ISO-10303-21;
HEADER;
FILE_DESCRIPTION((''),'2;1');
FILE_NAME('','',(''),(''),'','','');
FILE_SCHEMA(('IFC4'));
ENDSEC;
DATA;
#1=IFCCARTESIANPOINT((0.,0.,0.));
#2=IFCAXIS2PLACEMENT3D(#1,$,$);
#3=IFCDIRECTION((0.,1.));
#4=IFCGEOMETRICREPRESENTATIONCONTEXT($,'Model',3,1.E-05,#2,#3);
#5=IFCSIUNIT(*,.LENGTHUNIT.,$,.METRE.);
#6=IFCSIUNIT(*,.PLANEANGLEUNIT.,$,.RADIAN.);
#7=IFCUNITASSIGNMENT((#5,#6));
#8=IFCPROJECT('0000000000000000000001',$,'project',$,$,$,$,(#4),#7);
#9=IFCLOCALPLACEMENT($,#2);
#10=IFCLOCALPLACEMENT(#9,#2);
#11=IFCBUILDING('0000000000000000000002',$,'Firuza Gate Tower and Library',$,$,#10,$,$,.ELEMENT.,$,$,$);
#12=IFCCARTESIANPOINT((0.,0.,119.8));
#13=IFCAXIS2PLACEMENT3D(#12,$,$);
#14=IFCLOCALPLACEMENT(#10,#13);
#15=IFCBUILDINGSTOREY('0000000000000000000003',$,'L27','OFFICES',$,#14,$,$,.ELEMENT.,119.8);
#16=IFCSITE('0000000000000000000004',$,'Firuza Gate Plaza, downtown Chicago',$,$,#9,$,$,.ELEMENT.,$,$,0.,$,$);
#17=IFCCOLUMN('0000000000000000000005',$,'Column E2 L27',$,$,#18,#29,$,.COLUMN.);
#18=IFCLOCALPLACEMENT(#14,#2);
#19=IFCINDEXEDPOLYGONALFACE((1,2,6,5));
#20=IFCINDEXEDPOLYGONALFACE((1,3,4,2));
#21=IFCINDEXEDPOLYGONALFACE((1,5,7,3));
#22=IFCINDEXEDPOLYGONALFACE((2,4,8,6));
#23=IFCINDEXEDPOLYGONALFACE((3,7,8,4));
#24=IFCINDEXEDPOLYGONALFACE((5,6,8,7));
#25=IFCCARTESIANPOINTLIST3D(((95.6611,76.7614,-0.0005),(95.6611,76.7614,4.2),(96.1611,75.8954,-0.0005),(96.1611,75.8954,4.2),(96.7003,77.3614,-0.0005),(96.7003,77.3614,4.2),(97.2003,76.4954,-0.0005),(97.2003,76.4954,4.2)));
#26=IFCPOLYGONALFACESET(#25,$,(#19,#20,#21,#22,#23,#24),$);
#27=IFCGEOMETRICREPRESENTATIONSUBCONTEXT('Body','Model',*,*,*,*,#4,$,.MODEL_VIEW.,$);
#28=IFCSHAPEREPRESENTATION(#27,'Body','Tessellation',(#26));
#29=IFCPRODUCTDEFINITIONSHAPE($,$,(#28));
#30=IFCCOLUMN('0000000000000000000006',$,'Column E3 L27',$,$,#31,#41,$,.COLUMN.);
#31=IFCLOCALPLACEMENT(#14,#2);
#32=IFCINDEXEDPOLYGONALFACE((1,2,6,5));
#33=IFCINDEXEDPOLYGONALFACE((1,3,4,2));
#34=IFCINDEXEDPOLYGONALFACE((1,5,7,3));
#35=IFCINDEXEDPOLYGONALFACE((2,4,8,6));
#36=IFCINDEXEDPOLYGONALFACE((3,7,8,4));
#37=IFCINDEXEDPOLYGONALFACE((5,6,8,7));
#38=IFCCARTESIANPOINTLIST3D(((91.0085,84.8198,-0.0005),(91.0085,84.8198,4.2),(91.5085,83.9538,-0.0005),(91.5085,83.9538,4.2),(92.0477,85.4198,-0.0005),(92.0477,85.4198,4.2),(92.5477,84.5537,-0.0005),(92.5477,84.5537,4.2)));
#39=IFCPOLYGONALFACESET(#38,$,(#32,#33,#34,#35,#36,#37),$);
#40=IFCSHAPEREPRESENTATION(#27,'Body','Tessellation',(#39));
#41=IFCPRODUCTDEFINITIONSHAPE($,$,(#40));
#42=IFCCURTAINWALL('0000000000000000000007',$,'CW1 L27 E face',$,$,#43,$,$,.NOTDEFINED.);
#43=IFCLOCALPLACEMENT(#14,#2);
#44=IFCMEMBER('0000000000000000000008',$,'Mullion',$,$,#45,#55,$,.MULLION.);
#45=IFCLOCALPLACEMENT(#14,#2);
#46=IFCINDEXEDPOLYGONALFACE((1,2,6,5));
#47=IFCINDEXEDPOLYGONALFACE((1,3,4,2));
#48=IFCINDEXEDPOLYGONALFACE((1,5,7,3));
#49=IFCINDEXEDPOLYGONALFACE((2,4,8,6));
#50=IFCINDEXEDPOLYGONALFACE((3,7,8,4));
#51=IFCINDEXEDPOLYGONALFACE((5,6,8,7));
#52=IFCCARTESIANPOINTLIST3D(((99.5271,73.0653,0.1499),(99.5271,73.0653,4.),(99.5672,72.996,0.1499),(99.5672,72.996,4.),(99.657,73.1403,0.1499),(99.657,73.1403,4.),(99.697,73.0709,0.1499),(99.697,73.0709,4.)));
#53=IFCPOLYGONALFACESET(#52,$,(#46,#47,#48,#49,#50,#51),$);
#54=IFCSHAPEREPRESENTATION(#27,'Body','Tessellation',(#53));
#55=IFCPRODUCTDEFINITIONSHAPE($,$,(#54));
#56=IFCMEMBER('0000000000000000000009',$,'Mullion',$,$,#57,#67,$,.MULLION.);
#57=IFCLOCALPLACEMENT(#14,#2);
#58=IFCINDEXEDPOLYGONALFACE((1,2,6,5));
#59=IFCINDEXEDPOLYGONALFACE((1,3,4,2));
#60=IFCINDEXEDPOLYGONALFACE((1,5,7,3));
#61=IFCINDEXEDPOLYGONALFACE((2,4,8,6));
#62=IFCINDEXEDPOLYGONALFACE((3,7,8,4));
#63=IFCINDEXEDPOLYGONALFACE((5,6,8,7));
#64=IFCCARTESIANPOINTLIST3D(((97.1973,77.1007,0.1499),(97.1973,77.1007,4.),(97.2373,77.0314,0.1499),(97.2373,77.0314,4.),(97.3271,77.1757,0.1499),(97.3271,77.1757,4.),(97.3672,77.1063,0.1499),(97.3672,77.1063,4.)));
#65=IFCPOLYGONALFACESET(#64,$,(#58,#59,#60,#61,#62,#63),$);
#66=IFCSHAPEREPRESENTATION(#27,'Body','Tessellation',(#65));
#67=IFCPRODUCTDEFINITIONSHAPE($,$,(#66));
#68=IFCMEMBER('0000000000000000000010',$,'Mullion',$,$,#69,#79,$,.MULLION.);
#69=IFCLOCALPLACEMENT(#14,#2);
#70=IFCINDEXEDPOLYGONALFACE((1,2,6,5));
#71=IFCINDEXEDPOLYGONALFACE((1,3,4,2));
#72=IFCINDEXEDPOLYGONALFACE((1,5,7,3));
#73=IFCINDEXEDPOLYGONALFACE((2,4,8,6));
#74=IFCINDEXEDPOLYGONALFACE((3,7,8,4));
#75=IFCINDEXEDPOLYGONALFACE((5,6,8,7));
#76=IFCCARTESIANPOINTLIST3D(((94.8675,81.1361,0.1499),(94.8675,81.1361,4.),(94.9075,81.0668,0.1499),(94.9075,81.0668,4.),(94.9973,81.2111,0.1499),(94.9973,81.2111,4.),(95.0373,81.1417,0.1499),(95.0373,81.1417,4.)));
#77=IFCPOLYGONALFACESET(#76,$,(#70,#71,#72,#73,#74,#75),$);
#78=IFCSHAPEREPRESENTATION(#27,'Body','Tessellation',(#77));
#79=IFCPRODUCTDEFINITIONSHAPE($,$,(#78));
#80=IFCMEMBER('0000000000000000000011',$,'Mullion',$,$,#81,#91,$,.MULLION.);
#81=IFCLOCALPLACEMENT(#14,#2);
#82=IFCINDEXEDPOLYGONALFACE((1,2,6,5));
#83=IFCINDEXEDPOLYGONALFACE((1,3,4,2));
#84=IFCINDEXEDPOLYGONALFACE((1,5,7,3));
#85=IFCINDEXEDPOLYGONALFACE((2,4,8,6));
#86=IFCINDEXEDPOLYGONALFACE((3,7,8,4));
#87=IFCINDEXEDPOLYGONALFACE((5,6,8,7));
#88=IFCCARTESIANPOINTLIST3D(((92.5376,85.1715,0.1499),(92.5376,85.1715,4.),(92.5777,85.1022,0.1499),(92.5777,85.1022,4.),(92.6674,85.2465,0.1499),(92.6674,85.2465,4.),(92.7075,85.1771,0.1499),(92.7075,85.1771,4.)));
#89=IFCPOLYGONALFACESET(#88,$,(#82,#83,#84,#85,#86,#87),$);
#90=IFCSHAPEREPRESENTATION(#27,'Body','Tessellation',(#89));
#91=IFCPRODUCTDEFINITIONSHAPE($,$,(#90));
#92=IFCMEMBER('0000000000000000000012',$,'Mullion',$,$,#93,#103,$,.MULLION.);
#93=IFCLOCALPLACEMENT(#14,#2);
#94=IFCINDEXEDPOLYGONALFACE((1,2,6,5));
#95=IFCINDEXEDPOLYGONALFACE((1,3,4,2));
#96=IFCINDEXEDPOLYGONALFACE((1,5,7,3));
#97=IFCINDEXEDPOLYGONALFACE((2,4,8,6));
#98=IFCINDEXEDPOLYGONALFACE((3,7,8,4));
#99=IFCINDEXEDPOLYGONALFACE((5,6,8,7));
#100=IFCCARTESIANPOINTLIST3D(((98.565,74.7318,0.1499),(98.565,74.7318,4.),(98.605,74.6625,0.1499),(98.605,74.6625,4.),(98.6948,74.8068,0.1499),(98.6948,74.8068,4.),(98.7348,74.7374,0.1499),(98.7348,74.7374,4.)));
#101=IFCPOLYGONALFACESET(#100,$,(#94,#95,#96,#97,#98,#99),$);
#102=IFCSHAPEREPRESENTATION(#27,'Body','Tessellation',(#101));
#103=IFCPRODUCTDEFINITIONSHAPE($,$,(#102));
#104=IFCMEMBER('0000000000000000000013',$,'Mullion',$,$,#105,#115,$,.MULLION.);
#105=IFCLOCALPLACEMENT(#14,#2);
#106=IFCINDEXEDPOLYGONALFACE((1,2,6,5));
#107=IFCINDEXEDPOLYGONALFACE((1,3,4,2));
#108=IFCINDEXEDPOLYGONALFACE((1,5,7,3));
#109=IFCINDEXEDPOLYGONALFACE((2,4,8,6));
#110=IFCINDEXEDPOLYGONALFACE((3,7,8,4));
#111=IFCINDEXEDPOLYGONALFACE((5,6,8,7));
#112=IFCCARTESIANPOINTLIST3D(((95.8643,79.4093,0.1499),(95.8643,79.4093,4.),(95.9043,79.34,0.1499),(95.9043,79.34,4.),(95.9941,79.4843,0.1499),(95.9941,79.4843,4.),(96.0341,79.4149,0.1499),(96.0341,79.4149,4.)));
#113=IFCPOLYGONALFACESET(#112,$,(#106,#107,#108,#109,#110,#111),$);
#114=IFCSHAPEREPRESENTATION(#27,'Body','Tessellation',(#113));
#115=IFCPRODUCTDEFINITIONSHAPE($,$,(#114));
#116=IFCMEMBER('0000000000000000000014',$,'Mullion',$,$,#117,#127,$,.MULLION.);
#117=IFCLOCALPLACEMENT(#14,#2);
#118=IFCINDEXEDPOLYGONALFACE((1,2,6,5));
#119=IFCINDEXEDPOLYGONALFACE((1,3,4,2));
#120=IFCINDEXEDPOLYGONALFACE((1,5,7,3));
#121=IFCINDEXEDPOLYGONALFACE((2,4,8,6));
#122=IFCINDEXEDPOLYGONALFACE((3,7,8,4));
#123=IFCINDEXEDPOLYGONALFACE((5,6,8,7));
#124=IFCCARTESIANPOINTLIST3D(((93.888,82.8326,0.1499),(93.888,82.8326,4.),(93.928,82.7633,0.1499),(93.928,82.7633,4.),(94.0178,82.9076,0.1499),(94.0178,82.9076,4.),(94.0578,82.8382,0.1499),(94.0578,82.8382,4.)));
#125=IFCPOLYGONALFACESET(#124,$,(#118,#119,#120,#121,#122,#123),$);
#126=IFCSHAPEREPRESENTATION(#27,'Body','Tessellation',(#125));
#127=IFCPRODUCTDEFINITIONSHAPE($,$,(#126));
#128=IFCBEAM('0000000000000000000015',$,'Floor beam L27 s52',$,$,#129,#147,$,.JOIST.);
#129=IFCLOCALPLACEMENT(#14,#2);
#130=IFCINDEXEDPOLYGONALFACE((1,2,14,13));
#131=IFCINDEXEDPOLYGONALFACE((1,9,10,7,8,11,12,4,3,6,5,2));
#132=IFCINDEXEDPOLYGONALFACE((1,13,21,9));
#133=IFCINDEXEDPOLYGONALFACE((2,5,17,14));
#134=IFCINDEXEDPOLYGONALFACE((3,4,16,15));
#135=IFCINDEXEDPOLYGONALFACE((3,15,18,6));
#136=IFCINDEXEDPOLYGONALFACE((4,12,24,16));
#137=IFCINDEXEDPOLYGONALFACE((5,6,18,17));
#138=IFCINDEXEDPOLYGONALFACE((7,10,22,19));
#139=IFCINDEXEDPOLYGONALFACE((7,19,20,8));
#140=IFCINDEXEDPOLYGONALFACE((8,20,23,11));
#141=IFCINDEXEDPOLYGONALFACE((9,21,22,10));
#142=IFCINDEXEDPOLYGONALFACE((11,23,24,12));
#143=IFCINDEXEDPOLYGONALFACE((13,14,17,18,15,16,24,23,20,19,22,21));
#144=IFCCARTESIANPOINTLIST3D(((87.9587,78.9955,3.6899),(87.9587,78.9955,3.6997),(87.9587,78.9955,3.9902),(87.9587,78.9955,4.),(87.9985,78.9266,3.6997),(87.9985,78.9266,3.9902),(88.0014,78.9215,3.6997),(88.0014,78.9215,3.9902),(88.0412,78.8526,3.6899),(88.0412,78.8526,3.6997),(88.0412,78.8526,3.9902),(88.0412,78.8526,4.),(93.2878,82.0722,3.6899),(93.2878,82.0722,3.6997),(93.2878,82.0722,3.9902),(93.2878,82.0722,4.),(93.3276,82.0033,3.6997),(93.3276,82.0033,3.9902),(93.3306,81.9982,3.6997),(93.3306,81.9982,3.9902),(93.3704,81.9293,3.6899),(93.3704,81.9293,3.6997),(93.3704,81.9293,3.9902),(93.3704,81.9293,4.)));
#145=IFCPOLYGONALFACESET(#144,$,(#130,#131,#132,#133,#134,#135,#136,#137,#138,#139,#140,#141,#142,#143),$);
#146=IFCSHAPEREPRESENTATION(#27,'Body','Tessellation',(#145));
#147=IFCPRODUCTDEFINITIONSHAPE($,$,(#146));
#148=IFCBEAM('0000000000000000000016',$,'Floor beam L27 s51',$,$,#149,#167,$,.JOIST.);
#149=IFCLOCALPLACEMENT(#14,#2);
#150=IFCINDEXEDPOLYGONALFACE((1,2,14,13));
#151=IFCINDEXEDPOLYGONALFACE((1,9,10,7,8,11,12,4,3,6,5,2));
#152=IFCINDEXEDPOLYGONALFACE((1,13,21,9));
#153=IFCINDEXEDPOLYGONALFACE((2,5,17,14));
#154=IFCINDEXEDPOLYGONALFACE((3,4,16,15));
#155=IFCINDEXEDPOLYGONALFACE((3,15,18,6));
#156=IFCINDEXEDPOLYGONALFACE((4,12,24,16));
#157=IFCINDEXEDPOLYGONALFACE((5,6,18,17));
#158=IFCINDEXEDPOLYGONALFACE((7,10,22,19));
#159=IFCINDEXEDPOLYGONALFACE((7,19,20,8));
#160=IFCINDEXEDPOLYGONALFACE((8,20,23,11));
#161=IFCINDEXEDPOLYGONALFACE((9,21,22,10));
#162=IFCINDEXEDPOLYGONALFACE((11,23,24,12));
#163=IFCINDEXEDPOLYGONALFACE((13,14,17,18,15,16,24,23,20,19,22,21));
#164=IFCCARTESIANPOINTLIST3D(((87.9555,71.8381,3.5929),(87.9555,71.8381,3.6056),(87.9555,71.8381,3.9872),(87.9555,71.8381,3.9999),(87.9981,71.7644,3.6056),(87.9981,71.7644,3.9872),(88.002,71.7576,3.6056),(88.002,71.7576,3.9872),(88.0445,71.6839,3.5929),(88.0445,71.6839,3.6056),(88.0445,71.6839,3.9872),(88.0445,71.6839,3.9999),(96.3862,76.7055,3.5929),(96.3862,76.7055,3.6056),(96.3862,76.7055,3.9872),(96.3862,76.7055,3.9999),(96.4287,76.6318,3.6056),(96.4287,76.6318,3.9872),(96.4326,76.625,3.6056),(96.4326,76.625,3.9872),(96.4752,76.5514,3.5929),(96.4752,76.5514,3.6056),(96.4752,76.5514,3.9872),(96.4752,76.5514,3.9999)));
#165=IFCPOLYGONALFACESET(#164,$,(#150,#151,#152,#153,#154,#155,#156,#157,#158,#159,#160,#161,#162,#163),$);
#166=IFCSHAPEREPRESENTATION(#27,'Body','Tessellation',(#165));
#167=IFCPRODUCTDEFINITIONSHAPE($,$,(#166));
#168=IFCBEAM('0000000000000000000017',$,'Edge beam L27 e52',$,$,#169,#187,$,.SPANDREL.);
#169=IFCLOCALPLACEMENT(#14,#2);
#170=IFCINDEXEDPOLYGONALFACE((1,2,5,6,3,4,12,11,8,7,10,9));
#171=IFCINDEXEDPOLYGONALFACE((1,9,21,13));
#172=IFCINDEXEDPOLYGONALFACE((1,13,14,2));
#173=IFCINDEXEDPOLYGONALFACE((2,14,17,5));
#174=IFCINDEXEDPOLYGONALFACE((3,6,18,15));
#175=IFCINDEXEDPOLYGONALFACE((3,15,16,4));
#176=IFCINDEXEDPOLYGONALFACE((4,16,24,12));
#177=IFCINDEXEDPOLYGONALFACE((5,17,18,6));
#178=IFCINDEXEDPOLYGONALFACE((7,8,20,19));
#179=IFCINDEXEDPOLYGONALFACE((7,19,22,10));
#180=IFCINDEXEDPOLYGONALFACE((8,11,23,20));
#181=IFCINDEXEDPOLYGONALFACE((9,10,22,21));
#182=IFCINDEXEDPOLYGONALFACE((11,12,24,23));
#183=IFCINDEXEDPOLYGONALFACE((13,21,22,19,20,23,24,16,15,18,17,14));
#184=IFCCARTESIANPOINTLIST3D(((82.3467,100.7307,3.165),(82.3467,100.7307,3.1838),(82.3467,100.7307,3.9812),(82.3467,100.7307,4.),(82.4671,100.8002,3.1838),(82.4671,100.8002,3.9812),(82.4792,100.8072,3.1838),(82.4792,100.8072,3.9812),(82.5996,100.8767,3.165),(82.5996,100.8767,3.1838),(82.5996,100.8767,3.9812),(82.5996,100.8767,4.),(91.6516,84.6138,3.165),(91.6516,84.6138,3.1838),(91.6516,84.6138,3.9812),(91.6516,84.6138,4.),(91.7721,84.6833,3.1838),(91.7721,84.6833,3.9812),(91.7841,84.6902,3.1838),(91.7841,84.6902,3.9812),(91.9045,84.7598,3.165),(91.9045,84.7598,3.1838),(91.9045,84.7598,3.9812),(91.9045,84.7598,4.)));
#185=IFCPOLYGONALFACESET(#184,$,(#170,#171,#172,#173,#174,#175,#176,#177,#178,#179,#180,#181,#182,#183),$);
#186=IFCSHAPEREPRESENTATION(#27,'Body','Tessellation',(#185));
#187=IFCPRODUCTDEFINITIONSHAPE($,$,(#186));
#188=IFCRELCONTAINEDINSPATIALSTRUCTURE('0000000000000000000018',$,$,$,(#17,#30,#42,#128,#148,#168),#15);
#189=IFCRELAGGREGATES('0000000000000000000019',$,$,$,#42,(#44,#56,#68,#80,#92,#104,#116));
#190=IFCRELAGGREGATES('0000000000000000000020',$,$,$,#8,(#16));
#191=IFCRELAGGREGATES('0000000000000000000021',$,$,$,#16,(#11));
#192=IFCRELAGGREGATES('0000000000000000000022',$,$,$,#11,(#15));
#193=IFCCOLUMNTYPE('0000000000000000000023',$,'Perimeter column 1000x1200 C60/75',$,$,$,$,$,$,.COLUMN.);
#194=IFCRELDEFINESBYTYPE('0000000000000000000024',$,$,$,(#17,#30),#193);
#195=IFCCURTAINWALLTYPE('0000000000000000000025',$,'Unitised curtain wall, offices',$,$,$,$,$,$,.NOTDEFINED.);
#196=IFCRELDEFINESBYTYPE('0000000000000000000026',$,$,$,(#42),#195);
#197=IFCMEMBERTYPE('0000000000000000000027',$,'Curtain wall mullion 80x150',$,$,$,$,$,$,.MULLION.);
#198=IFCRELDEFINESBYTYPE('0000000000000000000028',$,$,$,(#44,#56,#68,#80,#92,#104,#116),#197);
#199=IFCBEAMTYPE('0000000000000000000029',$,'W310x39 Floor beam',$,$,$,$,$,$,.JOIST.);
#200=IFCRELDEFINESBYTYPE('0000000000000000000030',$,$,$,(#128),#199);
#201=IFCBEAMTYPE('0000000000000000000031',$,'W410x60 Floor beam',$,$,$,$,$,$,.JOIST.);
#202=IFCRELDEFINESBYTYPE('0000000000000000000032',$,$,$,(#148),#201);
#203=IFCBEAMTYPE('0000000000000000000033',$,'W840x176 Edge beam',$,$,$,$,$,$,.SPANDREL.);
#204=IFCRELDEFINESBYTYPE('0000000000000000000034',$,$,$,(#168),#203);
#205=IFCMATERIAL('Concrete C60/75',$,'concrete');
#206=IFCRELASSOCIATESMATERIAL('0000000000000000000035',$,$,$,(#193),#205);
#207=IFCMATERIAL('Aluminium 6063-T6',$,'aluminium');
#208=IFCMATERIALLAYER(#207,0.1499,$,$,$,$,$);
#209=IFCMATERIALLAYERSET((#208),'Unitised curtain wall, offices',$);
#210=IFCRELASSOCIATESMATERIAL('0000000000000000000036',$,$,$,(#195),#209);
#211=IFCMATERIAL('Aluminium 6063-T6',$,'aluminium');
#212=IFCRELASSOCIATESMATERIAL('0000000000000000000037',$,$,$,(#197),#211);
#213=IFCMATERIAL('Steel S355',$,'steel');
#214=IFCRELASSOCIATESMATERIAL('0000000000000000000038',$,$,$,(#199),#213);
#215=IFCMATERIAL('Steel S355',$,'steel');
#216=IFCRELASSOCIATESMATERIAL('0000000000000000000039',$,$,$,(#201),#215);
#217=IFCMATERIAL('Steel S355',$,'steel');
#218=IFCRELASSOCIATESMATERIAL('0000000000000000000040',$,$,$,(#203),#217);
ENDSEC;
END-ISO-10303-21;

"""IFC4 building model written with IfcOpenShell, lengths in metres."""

from ifc_helpers import new_model, si_unit, direction, frame, origin, origin_2d, place, context, subcontext, project, spatial, rectangle, i_section, extrude, material, layer, layer_set, material_profile, profile_set, type_object, element, aggregate, save


model = new_model("IFC4")

# Units and contexts
model_context = context("Model", 3, precision=1e-05, world=origin(), true_north=direction((0.0, 1.0)))
body_context = subcontext(model_context, "Body", "Model", "MODEL_VIEW")
ifc_project = project(units=[si_unit("LENGTHUNIT", "METRE"), si_unit("PLANEANGLEUNIT", "RADIAN")], contexts=[model_context])

# Site, building, storey
site_placement = place(None, origin())
site = spatial("IfcSite", under=ifc_project, at=site_placement, Name="Firuza Gate Plaza, downtown Chicago", CompositionType="ELEMENT", RefElevation=0.0)
building_placement = place(site_placement, origin())
building = spatial("IfcBuilding", under=site, at=building_placement, Name="Firuza Gate Tower and Library", CompositionType="ELEMENT")
storey_placement = place(building_placement, frame((0.0, 0.0, 119.8)))
storey = spatial("IfcBuildingStorey", under=building, at=storey_placement, Name="L27", Description="OFFICES", CompositionType="ELEMENT", Elevation=119.8)

# Columns
ifc_material_1 = material(Name="Concrete C60/75", Category="concrete")
ifc_material_profile_1 = material_profile(ifc_material_1, rectangle(XDim=1.0, YDim=1.2, at=origin_2d()))
ifc_profile_set_1 = profile_set([ifc_material_profile_1], Name="Concrete C60/75")
column_type = type_object("IfcColumnType", Name="Perimeter column 1000x1200 C60/75", PredefinedType="COLUMN", material=ifc_profile_set_1)
for number, where, z_axis, x_axis, name in (
    (1, (96.4307, 76.6284, -0.0005), (0.0, 0.0, 1.0), (-0.5, 0.866025, 0.0), "Column E2 L27"),
    (2, (91.7781, 84.6868, -0.0005), (0.0, 0.0, 1.0), (-0.5, 0.866025, 0.0), "Column E3 L27"),
):
    element("IfcColumn", number, at=place(storey_placement, frame(where, z_axis=z_axis, x_axis=x_axis)), inside=storey, type_object=column_type, Name=name, PredefinedType="COLUMN", context=body_context, shape_type="SweptSolid", body=[
        extrude(rectangle(XDim=1.0, YDim=1.2, at=origin_2d()), origin(), (0.0, 0.0, 1.0), 4.2004),
    ])

# Curtain wall, members
ifc_material_2 = material(Name="Aluminium 6063-T6", Category="aluminium")
ifc_layer_1 = layer(ifc_material_2, 0.1499)
ifc_layer_set_1 = layer_set([ifc_layer_1], Name="Unitised curtain wall, offices")
curtain_wall_type = type_object("IfcCurtainWallType", Name="Unitised curtain wall, offices", PredefinedType="NOTDEFINED", material=ifc_layer_set_1)
curtain_wall_placement = place(storey_placement, origin())
curtain_wall = element("IfcCurtainWall", 3, at=curtain_wall_placement, inside=storey, type_object=curtain_wall_type, Name="CW1 L27 E face", PredefinedType="NOTDEFINED")
ifc_material_3 = material(Name="Aluminium 6063-T6", Category="aluminium")
ifc_material_profile_2 = material_profile(ifc_material_3, rectangle(XDim=0.1499, YDim=0.0801, at=origin_2d()))
ifc_profile_set_2 = profile_set([ifc_material_profile_2], Name="Aluminium 6063-T6")
member_type = type_object("IfcMemberType", Name="Curtain wall mullion 80x150", PredefinedType="MULLION", material=ifc_profile_set_2)
member_1_placement = place(storey_placement, frame((99.6121, 73.0681, 0.1499), z_axis=(0.0, 0.0, 1.0), x_axis=(-0.866025, -0.5, 0.0)))
member_1 = element("IfcMember", 4, at=member_1_placement, type_object=member_type, Name="Mullion", PredefinedType="MULLION", context=body_context, shape_type="SweptSolid", body=[
    extrude(rectangle(XDim=0.1499, YDim=0.0801, at=origin_2d()), origin(), (0.0, 0.0, 1.0), 3.8501),
])
member_2_placement = place(storey_placement, frame((97.2822, 77.1035, 0.1499), z_axis=(0.0, 0.0, 1.0), x_axis=(-0.866025, -0.5, 0.0)))
member_2 = element("IfcMember", 5, at=member_2_placement, type_object=member_type, Name="Mullion", PredefinedType="MULLION", context=body_context, shape_type="SweptSolid", body=[
    extrude(rectangle(XDim=0.1499, YDim=0.0801, at=origin_2d()), origin(), (0.0, 0.0, 1.0), 3.8501),
])
member_3_placement = place(storey_placement, frame((94.9524, 81.1389, 0.1499), z_axis=(0.0, 0.0, 1.0), x_axis=(-0.866025, -0.5, 0.0)))
member_3 = element("IfcMember", 6, at=member_3_placement, type_object=member_type, Name="Mullion", PredefinedType="MULLION", context=body_context, shape_type="SweptSolid", body=[
    extrude(rectangle(XDim=0.1499, YDim=0.0801, at=origin_2d()), origin(), (0.0, 0.0, 1.0), 3.8501),
])
member_4_placement = place(storey_placement, frame((92.6226, 85.1743, 0.1499), z_axis=(0.0, 0.0, 1.0), x_axis=(-0.866025, -0.5, 0.0)))
member_4 = element("IfcMember", 7, at=member_4_placement, type_object=member_type, Name="Mullion", PredefinedType="MULLION", context=body_context, shape_type="SweptSolid", body=[
    extrude(rectangle(XDim=0.1499, YDim=0.0801, at=origin_2d()), origin(), (0.0, 0.0, 1.0), 3.8501),
])
member_5_placement = place(storey_placement, frame((98.6499, 74.7346, 0.1499), z_axis=(0.0, 0.0, 1.0), x_axis=(-0.866025, -0.5, 0.0)))
member_5 = element("IfcMember", 8, at=member_5_placement, type_object=member_type, Name="Mullion", PredefinedType="MULLION", context=body_context, shape_type="SweptSolid", body=[
    extrude(rectangle(XDim=0.1499, YDim=0.0801, at=origin_2d()), origin(), (0.0, 0.0, 1.0), 3.8501),
])
member_6_placement = place(storey_placement, frame((95.9492, 79.4121, 0.1499), z_axis=(0.0, 0.0, 1.0), x_axis=(-0.866025, -0.5, 0.0)))
member_6 = element("IfcMember", 9, at=member_6_placement, type_object=member_type, Name="Mullion", PredefinedType="MULLION", context=body_context, shape_type="SweptSolid", body=[
    extrude(rectangle(XDim=0.1499, YDim=0.0801, at=origin_2d()), origin(), (0.0, 0.0, 1.0), 3.8501),
])
member_7_placement = place(storey_placement, frame((93.9729, 82.8354, 0.1499), z_axis=(0.0, 0.0, 1.0), x_axis=(-0.866025, -0.5, 0.0)))
member_7 = element("IfcMember", 10, at=member_7_placement, type_object=member_type, Name="Mullion", PredefinedType="MULLION", context=body_context, shape_type="SweptSolid", body=[
    extrude(rectangle(XDim=0.1499, YDim=0.0801, at=origin_2d()), origin(), (0.0, 0.0, 1.0), 3.8501),
])

# Beams
ifc_material_4 = material(Name="Steel S355", Category="steel")
ifc_material_profile_3 = material_profile(ifc_material_4, i_section(OverallWidth=0.165, OverallDepth=0.3101, WebThickness=0.0059, FlangeThickness=0.0098, at=origin_2d()))
ifc_profile_set_3 = profile_set([ifc_material_profile_3], Name="Steel S355")
beam_type_1 = type_object("IfcBeamType", Name="W310x39 Floor beam", PredefinedType="JOIST", material=ifc_profile_set_3)
beam_1_placement = place(storey_placement, frame((93.3291, 82.0007, 3.845), z_axis=(-0.866032, -0.499988, 0.0), x_axis=(0.499988, -0.866032, 0.0)))
element("IfcBeam", 11, at=beam_1_placement, inside=storey, type_object=beam_type_1, Name="Floor beam L27 s52", PredefinedType="JOIST", context=body_context, shape_type="SweptSolid", body=[
    extrude(i_section(OverallWidth=0.165, OverallDepth=0.3101, WebThickness=0.0059, FlangeThickness=0.0098, at=origin_2d()), origin(), (0.0, 0.0, 1.0), 6.1536),
])
ifc_material_5 = material(Name="Steel S355", Category="steel")
ifc_material_profile_4 = material_profile(ifc_material_5, i_section(OverallWidth=0.178, OverallDepth=0.407, WebThickness=0.0078, FlangeThickness=0.0127, at=origin_2d()))
ifc_profile_set_4 = profile_set([ifc_material_profile_4], Name="Steel S355")
beam_type_2 = type_object("IfcBeamType", Name="W410x60 Floor beam", PredefinedType="JOIST", material=ifc_profile_set_4)
beam_2_placement = place(storey_placement, frame((96.4307, 76.6284, 3.7964), z_axis=(-0.866026, -0.499999, 0.0), x_axis=(0.499999, -0.866026, 0.0)))
element("IfcBeam", 12, at=beam_2_placement, inside=storey, type_object=beam_type_2, Name="Floor beam L27 s51", PredefinedType="JOIST", context=body_context, shape_type="SweptSolid", body=[
    extrude(i_section(OverallWidth=0.178, OverallDepth=0.407, WebThickness=0.0078, FlangeThickness=0.0127, at=origin_2d()), origin(), (0.0, 0.0, 1.0), 9.7349),
])
ifc_material_6 = material(Name="Steel S355", Category="steel")
ifc_material_profile_5 = material_profile(ifc_material_6, i_section(OverallWidth=0.292, OverallDepth=0.835, WebThickness=0.0139, FlangeThickness=0.0188, at=origin_2d()))
ifc_profile_set_5 = profile_set([ifc_material_profile_5], Name="Steel S355")
beam_type_3 = type_object("IfcBeamType", Name="W840x176 Edge beam", PredefinedType="SPANDREL", material=ifc_profile_set_5)
beam_3_placement = place(storey_placement, frame((91.7781, 84.6868, 3.5825), z_axis=(-0.499992, 0.86603, 0.0), x_axis=(-0.86603, -0.499992, 0.0)))
element("IfcBeam", 13, at=beam_3_placement, inside=storey, type_object=beam_type_3, Name="Edge beam L27 e52", PredefinedType="SPANDREL", context=body_context, shape_type="SweptSolid", body=[
    extrude(i_section(OverallWidth=0.292, OverallDepth=0.835, WebThickness=0.0139, FlangeThickness=0.0188, at=origin_2d()), origin(), (0.0, 0.0, 1.0), 18.6101),
])

aggregate(curtain_wall, [member_1, member_2, member_3, member_4, member_5, member_6, member_7])

save(model, "model.ifc")
